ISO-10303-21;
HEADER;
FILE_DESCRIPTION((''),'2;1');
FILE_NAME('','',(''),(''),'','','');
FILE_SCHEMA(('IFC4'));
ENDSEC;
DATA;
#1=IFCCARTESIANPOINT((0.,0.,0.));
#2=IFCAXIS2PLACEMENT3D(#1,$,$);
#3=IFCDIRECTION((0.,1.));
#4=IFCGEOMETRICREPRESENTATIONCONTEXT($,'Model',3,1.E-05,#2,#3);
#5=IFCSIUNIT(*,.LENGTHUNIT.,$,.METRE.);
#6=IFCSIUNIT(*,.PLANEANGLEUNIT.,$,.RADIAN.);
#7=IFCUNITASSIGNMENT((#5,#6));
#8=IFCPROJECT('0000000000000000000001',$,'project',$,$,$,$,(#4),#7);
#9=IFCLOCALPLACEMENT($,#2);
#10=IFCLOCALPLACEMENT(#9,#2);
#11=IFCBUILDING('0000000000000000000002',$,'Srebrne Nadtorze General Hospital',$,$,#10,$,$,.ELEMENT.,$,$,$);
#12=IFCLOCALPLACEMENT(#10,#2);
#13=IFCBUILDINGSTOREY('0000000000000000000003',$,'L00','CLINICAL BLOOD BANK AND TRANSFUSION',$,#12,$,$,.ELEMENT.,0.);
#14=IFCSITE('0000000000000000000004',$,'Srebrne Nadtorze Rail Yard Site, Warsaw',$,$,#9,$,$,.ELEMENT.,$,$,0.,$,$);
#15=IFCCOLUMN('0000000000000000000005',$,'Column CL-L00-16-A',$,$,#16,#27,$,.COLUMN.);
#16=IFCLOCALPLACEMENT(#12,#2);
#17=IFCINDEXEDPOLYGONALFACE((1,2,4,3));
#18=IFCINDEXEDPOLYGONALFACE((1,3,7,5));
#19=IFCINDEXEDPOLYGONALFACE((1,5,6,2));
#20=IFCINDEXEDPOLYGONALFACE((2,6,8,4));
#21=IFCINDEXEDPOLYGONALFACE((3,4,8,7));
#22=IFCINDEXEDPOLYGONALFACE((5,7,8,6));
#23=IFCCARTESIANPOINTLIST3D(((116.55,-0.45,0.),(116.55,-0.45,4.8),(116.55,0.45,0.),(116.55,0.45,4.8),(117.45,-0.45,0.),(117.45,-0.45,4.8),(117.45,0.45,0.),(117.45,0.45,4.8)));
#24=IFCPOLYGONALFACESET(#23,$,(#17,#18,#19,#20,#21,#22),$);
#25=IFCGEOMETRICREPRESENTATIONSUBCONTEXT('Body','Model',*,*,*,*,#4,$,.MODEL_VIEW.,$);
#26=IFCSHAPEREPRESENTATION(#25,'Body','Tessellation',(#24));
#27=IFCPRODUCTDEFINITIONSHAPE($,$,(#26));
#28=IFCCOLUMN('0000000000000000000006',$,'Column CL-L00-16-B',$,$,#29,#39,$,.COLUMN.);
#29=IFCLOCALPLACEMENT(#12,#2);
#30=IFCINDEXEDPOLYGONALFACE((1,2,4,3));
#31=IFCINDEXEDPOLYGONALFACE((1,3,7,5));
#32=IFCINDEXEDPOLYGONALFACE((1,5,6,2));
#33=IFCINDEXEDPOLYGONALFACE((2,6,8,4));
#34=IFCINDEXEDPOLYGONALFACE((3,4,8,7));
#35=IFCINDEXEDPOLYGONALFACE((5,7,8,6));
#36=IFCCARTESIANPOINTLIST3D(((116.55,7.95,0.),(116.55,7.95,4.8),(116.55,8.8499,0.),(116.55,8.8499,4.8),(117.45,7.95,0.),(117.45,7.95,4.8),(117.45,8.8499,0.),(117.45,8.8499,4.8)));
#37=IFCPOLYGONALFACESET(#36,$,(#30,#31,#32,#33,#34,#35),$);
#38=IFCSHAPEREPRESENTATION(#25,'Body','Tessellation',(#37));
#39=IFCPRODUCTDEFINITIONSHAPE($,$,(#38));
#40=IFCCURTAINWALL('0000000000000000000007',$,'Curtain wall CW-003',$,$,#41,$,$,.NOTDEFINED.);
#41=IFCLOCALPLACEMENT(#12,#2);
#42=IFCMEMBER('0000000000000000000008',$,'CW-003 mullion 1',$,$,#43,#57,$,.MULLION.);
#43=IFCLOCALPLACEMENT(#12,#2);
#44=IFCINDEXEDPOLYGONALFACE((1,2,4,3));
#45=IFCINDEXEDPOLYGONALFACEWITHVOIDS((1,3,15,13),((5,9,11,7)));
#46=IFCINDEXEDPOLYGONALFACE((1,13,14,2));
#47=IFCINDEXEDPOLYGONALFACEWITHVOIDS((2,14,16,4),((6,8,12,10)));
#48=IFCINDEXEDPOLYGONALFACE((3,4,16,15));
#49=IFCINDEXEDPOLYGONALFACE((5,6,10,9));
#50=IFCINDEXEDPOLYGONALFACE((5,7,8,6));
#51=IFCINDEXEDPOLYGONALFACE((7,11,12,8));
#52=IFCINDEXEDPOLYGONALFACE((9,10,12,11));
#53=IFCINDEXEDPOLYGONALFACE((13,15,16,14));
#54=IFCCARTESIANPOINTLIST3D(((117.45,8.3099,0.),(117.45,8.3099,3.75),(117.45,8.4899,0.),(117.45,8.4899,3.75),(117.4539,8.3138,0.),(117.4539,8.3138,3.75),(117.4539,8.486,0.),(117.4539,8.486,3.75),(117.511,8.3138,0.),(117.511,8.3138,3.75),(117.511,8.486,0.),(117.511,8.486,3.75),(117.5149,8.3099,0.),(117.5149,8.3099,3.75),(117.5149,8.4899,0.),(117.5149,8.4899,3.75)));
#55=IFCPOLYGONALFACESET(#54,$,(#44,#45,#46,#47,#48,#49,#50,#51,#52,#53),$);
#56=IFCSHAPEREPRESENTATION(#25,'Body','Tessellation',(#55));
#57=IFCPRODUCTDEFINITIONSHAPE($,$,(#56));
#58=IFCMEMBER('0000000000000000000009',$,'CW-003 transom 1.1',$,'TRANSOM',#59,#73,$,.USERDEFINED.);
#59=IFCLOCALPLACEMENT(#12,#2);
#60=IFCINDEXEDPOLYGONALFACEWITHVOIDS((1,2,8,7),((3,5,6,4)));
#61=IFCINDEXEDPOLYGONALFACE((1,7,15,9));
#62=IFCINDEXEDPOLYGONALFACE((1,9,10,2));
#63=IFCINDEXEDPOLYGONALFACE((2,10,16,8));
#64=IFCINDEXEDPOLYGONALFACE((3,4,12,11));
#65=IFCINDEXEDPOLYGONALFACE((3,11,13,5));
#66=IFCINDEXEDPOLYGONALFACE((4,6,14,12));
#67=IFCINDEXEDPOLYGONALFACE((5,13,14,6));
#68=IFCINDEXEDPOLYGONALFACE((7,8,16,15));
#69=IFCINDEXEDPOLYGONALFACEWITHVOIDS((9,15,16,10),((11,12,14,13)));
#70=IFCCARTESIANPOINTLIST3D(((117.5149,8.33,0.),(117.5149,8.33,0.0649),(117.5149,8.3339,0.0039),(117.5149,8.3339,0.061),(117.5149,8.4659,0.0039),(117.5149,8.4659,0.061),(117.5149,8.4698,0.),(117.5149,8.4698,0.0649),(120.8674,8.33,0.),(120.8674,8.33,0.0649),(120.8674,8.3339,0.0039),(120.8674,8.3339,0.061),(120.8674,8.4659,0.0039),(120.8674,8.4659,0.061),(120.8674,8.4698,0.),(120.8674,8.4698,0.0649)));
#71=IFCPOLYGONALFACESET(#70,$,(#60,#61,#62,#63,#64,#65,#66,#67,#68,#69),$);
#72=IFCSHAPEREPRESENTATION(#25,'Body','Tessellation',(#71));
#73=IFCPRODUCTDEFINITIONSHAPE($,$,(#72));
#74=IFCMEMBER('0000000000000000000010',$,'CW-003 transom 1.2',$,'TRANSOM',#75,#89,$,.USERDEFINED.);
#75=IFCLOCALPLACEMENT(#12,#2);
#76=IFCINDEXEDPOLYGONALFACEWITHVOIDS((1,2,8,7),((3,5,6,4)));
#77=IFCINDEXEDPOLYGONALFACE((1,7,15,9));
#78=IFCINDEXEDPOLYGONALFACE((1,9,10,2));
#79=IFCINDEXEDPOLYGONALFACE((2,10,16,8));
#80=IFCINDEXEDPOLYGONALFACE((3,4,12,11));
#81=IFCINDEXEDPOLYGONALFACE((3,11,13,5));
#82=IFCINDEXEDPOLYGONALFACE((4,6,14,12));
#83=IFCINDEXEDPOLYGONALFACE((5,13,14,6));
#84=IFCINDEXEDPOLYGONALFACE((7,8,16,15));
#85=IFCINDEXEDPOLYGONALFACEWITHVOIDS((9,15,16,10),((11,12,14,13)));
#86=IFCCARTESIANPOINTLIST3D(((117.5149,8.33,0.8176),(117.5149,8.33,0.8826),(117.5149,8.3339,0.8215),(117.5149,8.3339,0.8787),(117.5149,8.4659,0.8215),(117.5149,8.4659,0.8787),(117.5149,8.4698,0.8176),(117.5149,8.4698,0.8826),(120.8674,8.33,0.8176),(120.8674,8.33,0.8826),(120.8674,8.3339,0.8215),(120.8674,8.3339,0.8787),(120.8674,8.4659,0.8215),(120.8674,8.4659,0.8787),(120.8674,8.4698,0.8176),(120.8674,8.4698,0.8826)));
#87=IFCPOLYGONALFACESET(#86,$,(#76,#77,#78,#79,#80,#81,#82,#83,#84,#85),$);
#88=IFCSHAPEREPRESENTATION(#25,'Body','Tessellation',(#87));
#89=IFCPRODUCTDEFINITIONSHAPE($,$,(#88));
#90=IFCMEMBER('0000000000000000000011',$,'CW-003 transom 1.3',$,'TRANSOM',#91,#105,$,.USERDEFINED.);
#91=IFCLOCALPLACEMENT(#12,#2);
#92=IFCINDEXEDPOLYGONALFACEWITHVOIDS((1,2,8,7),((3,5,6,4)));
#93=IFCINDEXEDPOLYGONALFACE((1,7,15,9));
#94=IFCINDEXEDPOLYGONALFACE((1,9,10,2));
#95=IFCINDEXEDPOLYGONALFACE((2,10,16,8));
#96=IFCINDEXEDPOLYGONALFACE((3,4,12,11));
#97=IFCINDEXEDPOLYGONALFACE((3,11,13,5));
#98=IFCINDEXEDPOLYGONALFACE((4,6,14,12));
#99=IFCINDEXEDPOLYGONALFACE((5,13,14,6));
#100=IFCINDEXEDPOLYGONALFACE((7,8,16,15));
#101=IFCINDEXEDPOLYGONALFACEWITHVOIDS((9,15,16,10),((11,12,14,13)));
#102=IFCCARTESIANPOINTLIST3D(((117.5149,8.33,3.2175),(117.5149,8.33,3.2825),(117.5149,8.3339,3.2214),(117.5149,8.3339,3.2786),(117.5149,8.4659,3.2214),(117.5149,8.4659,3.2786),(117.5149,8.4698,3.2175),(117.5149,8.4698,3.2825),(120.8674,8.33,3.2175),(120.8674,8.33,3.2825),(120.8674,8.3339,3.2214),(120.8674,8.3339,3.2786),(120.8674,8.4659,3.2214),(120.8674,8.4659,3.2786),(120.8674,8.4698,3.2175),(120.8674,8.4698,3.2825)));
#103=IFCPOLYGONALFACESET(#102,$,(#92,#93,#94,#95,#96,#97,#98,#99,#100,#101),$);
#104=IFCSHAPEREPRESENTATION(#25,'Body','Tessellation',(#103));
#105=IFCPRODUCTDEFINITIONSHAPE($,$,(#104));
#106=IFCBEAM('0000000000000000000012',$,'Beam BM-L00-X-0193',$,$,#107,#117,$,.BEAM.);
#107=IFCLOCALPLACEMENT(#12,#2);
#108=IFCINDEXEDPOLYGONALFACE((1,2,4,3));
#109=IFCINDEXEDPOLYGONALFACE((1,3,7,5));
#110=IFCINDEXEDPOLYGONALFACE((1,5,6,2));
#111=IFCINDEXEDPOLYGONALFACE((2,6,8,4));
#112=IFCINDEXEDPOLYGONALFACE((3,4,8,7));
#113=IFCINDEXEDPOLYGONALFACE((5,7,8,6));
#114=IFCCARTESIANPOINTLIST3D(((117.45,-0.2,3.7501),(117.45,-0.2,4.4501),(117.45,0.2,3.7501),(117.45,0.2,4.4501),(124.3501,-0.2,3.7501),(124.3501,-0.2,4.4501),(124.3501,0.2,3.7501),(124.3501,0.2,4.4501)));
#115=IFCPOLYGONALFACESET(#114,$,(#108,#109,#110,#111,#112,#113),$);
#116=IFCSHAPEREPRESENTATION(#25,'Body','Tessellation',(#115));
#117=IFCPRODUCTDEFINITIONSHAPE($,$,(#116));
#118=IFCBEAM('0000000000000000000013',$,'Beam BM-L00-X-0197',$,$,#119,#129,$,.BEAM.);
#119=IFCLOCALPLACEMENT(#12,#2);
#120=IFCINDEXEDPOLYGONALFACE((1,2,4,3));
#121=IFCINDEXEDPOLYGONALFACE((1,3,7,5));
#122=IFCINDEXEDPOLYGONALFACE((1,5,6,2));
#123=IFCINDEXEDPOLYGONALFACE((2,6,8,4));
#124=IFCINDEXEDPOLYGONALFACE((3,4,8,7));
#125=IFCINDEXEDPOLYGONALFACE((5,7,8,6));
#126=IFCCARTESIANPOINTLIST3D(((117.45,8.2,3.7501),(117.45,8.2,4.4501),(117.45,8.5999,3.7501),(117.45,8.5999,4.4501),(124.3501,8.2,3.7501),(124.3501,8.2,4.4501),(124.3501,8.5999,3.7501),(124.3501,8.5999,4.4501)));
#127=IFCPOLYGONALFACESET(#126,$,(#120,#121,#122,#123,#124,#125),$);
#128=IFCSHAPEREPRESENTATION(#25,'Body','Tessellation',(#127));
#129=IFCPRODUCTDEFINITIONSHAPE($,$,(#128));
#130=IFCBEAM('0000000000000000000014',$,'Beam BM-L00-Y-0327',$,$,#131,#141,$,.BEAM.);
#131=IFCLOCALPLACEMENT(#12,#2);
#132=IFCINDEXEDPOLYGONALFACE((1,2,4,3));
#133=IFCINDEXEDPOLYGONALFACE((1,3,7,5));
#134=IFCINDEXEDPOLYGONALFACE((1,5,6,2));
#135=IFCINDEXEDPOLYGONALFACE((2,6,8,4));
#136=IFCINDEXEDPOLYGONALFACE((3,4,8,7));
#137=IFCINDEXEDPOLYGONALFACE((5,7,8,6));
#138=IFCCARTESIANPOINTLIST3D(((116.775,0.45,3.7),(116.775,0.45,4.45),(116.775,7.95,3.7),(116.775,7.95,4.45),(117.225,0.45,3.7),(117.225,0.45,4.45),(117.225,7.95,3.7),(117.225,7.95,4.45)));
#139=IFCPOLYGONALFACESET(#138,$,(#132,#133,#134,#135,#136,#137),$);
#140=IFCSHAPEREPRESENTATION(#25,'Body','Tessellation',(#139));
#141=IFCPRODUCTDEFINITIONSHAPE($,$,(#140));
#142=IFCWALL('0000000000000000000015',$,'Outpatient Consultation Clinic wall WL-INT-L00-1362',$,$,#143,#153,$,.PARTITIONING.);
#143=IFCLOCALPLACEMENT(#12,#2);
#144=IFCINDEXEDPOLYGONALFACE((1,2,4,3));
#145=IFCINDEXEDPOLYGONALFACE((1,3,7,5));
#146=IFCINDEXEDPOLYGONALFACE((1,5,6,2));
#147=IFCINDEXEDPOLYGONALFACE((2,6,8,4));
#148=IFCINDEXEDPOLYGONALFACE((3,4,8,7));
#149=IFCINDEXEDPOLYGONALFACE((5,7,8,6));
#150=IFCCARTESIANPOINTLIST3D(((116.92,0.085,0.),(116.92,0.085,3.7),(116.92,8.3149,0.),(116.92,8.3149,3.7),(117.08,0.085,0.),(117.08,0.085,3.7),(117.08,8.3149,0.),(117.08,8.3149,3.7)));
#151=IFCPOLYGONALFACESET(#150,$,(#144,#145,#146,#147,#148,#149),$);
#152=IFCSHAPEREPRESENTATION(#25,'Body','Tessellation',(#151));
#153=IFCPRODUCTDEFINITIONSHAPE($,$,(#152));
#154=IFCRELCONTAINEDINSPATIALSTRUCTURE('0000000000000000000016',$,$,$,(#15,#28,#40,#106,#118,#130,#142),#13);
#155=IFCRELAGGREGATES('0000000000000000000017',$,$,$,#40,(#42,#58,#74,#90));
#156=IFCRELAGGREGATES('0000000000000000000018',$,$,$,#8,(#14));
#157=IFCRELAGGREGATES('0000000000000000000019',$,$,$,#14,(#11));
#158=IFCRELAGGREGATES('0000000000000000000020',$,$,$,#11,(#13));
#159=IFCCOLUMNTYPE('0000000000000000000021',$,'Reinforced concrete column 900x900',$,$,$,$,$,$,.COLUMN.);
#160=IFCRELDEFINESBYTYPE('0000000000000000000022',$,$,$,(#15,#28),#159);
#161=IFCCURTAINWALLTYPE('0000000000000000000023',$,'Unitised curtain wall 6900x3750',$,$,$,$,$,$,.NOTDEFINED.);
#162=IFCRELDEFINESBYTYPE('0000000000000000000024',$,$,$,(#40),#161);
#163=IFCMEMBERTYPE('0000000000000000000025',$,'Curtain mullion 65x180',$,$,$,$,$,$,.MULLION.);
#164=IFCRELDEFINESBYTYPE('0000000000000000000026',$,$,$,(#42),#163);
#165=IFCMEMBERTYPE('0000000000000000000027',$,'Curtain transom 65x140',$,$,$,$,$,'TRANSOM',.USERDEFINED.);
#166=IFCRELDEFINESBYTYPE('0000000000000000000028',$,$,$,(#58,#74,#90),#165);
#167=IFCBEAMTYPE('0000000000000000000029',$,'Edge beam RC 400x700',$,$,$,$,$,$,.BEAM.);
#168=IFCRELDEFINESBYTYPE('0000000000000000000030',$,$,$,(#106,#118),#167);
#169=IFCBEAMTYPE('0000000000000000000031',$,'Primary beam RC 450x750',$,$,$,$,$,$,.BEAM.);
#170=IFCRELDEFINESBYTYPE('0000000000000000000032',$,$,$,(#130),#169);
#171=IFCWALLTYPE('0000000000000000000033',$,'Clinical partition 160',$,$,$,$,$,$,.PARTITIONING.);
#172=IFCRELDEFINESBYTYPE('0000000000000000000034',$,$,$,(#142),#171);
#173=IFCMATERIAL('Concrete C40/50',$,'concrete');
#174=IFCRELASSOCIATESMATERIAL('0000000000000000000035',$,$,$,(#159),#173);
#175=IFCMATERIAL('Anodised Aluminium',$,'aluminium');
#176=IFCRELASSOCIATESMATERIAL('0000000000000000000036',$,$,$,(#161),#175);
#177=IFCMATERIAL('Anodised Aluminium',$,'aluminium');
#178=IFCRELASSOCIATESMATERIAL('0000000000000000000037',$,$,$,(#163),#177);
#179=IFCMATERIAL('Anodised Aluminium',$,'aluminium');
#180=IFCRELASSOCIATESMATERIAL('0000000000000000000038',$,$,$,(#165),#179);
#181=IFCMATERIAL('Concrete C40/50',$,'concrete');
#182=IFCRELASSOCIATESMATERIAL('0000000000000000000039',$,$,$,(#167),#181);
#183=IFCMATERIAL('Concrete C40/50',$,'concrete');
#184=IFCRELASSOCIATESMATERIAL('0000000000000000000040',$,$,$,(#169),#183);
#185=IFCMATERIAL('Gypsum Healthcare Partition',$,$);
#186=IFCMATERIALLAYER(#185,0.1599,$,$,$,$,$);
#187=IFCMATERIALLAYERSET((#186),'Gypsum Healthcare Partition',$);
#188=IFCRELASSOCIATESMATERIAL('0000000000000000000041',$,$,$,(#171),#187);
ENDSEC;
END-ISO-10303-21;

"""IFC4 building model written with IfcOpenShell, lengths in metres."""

from ifc_helpers import new_model, si_unit, direction, frame, frame_2d, origin, origin_2d, place, context, subcontext, project, spatial, rectangle, hollow_rectangle, extrude, material, layer, layer_set, material_profile, profile_set, type_object, element, aggregate, save


model = new_model("IFC4")

# Units and contexts
model_context = context("Model", 3, precision=1e-05, world=origin(), true_north=direction((0.0, 1.0)))
body_context = subcontext(model_context, "Body", "Model", "MODEL_VIEW")
ifc_project = project(units=[si_unit("LENGTHUNIT", "METRE"), si_unit("PLANEANGLEUNIT", "RADIAN")], contexts=[model_context])

# Site, building, storey
site_placement = place(None, origin())
site = spatial("IfcSite", under=ifc_project, at=site_placement, Name="Srebrne Nadtorze Rail Yard Site, Warsaw", CompositionType="ELEMENT", RefElevation=0.0)
building_placement = place(site_placement, origin())
building = spatial("IfcBuilding", under=site, at=building_placement, Name="Srebrne Nadtorze General Hospital", CompositionType="ELEMENT")
storey_placement = place(building_placement, origin())
storey = spatial("IfcBuildingStorey", under=building, at=storey_placement, Name="L00", Description="CLINICAL BLOOD BANK AND TRANSFUSION", CompositionType="ELEMENT", Elevation=0.0)

# Columns
ifc_material_1 = material(Name="Concrete C40/50", Category="concrete")
ifc_material_profile_1 = material_profile(ifc_material_1, rectangle(XDim=0.8999, YDim=0.8999, at=origin_2d()), Name="RC-COL-900x900")
ifc_profile_set_1 = profile_set([ifc_material_profile_1], Name="Concrete C40/50")
column_type = type_object("IfcColumnType", Name="Reinforced concrete column 900x900", PredefinedType="COLUMN", material=ifc_profile_set_1)
for number, where, z_axis, x_axis, name in (
    (1, (117.0, 0.0, 0.0), (0.0, 0.0, 1.0), (1.0, 0.0, 0.0), "Column CL-L00-16-A"),
    (2, (117.0, 8.3999, 0.0), (0.0, 0.0, 1.0), (1.0, 0.0, 0.0), "Column CL-L00-16-B"),
):
    element("IfcColumn", number, at=place(storey_placement, frame(where, z_axis=z_axis, x_axis=x_axis)), inside=storey, type_object=column_type, Name=name, PredefinedType="COLUMN", context=body_context, shape_type="SweptSolid", body=[
        extrude(rectangle(XDim=0.8999, YDim=0.8999, at=origin_2d()), origin(), (0.0, 0.0, 1.0), 4.8),
    ])

# Curtain wall, members
ifc_material_2 = material(Name="Anodised Aluminium", Category="aluminium")
curtain_wall_type = type_object("IfcCurtainWallType", Name="Unitised curtain wall 6900x3750", PredefinedType="NOTDEFINED", material=ifc_material_2)
curtain_wall_placement = place(storey_placement, origin())
curtain_wall = element("IfcCurtainWall", 3, at=curtain_wall_placement, inside=storey, type_object=curtain_wall_type, Name="Curtain wall CW-003", PredefinedType="NOTDEFINED")
ifc_material_3 = material(Name="Anodised Aluminium", Category="aluminium")
ifc_material_profile_2 = material_profile(ifc_material_3, hollow_rectangle(XDim=0.0649, YDim=0.1799, WallThickness=0.0039, at=origin_2d()), Name="AL-MUL-65x180")
ifc_profile_set_2 = profile_set([ifc_material_profile_2], Name="Anodised Aluminium")
member_type_1 = type_object("IfcMemberType", Name="Curtain mullion 65x180", PredefinedType="MULLION", material=ifc_profile_set_2)
member_1_placement = place(storey_placement, frame((117.4824, 8.3999, 0.0), z_axis=(0.0, 0.0, 1.0), x_axis=(1.0, 0.0, 0.0)))
member_1 = element("IfcMember", 4, at=member_1_placement, type_object=member_type_1, Name="CW-003 mullion 1", PredefinedType="MULLION", context=body_context, shape_type="SweptSolid", body=[
    extrude(hollow_rectangle(XDim=0.0649, YDim=0.1799, WallThickness=0.0039, at=origin_2d()), origin(), (0.0, 0.0, 1.0), 3.75),
])
ifc_material_4 = material(Name="Anodised Aluminium", Category="aluminium")
ifc_material_profile_3 = material_profile(ifc_material_4, hollow_rectangle(XDim=0.0649, YDim=0.1399, WallThickness=0.0039, at=origin_2d()), Name="AL-TRN-65x140")
ifc_profile_set_3 = profile_set([ifc_material_profile_3], Name="Anodised Aluminium")
member_type_2 = type_object("IfcMemberType", Name="Curtain transom 65x140", ElementType="TRANSOM", PredefinedType="USERDEFINED", material=ifc_profile_set_3)
member_2_placement = place(storey_placement, frame((117.5149, 8.3999, 0.0325), z_axis=(1.0, 0.0, 0.0), x_axis=(0.0, 0.0, 1.0)))
member_2 = element("IfcMember", 5, at=member_2_placement, type_object=member_type_2, Name="CW-003 transom 1.1", ObjectType="TRANSOM", PredefinedType="USERDEFINED", context=body_context, shape_type="SweptSolid", body=[
    extrude(hollow_rectangle(XDim=0.0649, YDim=0.1399, WallThickness=0.0039, at=origin_2d()), origin(), (0.0, 0.0, 1.0), 3.3525),
])
member_3_placement = place(storey_placement, frame((117.5149, 8.3999, 0.8501), z_axis=(1.0, 0.0, 0.0), x_axis=(0.0, 0.0, 1.0)))
member_3 = element("IfcMember", 6, at=member_3_placement, type_object=member_type_2, Name="CW-003 transom 1.2", ObjectType="TRANSOM", PredefinedType="USERDEFINED", context=body_context, shape_type="SweptSolid", body=[
    extrude(hollow_rectangle(XDim=0.0649, YDim=0.1399, WallThickness=0.0039, at=origin_2d()), origin(), (0.0, 0.0, 1.0), 3.3525),
])
member_4_placement = place(storey_placement, frame((117.5149, 8.3999, 3.25), z_axis=(1.0, 0.0, 0.0), x_axis=(0.0, 0.0, 1.0)))
member_4 = element("IfcMember", 7, at=member_4_placement, type_object=member_type_2, Name="CW-003 transom 1.3", ObjectType="TRANSOM", PredefinedType="USERDEFINED", context=body_context, shape_type="SweptSolid", body=[
    extrude(hollow_rectangle(XDim=0.0649, YDim=0.1399, WallThickness=0.0039, at=origin_2d()), origin(), (0.0, 0.0, 1.0), 3.3525),
])
aggregate(curtain_wall, [member_1, member_2, member_3, member_4])

# Beams
ifc_material_5 = material(Name="Concrete C40/50", Category="concrete")
ifc_material_profile_4 = material_profile(ifc_material_5, rectangle(XDim=0.3999, YDim=0.7, at=origin_2d()), Name="RC-BM-400x700")
ifc_profile_set_4 = profile_set([ifc_material_profile_4], Name="Concrete C40/50")
beam_type_1 = type_object("IfcBeamType", Name="Edge beam RC 400x700", PredefinedType="BEAM", material=ifc_profile_set_4)
for number, where, z_axis, x_axis, name in (
    (8, (117.45, 0.0, 4.1001), (1.0, 0.0, 0.0), (0.0, 1.0, 0.0), "Beam BM-L00-X-0193"),
    (9, (117.45, 8.3999, 4.1001), (1.0, 0.0, 0.0), (0.0, 1.0, 0.0), "Beam BM-L00-X-0197"),
):
    element("IfcBeam", number, at=place(storey_placement, frame(where, z_axis=z_axis, x_axis=x_axis)), inside=storey, type_object=beam_type_1, Name=name, PredefinedType="BEAM", context=body_context, shape_type="SweptSolid", body=[
        extrude(rectangle(XDim=0.3999, YDim=0.7, at=origin_2d()), origin(), (0.0, 0.0, 1.0), 6.9001),
    ])
ifc_material_6 = material(Name="Concrete C40/50", Category="concrete")
ifc_material_profile_5 = material_profile(ifc_material_6, rectangle(XDim=0.45, YDim=0.75, at=origin_2d()), Name="RC-BM-450x750")
ifc_profile_set_5 = profile_set([ifc_material_profile_5], Name="Concrete C40/50")
beam_type_2 = type_object("IfcBeamType", Name="Primary beam RC 450x750", PredefinedType="BEAM", material=ifc_profile_set_5)
beam_placement = place(storey_placement, frame((117.0, 0.45, 4.075), z_axis=(0.0, 1.0, 0.0), x_axis=(-1.0, 0.0, 0.0)))
element("IfcBeam", 10, at=beam_placement, inside=storey, type_object=beam_type_2, Name="Beam BM-L00-Y-0327", PredefinedType="BEAM", context=body_context, shape_type="SweptSolid", body=[
    extrude(rectangle(XDim=0.45, YDim=0.75, at=origin_2d()), origin(), (0.0, 0.0, 1.0), 7.5),
])

# Wall
ifc_material_7 = material(Name="Gypsum Healthcare Partition")
ifc_layer_1 = layer(ifc_material_7, 0.1599)
ifc_layer_set_1 = layer_set([ifc_layer_1], Name="Gypsum Healthcare Partition")
wall_type_1 = type_object("IfcWallType", Name="Clinical partition 160", PredefinedType="PARTITIONING", material=ifc_layer_set_1)
wall_1_placement = place(storey_placement, frame((117.0, 0.085, 0.0), z_axis=(0.0, 0.0, 1.0), x_axis=(0.0, 1.0, 0.0)))
element("IfcWall", 11, at=wall_1_placement, inside=storey, type_object=wall_type_1, Name="Outpatient Consultation Clinic wall WL-INT-L00-1362", PredefinedType="PARTITIONING", context=body_context, shape_type="SweptSolid", body=[
    extrude(rectangle(XDim=8.23, YDim=0.1599, at=frame_2d((4.115, 0.0))), origin(), (0.0, 0.0, 1.0), 3.7),
])

save(model, "model.ifc")
